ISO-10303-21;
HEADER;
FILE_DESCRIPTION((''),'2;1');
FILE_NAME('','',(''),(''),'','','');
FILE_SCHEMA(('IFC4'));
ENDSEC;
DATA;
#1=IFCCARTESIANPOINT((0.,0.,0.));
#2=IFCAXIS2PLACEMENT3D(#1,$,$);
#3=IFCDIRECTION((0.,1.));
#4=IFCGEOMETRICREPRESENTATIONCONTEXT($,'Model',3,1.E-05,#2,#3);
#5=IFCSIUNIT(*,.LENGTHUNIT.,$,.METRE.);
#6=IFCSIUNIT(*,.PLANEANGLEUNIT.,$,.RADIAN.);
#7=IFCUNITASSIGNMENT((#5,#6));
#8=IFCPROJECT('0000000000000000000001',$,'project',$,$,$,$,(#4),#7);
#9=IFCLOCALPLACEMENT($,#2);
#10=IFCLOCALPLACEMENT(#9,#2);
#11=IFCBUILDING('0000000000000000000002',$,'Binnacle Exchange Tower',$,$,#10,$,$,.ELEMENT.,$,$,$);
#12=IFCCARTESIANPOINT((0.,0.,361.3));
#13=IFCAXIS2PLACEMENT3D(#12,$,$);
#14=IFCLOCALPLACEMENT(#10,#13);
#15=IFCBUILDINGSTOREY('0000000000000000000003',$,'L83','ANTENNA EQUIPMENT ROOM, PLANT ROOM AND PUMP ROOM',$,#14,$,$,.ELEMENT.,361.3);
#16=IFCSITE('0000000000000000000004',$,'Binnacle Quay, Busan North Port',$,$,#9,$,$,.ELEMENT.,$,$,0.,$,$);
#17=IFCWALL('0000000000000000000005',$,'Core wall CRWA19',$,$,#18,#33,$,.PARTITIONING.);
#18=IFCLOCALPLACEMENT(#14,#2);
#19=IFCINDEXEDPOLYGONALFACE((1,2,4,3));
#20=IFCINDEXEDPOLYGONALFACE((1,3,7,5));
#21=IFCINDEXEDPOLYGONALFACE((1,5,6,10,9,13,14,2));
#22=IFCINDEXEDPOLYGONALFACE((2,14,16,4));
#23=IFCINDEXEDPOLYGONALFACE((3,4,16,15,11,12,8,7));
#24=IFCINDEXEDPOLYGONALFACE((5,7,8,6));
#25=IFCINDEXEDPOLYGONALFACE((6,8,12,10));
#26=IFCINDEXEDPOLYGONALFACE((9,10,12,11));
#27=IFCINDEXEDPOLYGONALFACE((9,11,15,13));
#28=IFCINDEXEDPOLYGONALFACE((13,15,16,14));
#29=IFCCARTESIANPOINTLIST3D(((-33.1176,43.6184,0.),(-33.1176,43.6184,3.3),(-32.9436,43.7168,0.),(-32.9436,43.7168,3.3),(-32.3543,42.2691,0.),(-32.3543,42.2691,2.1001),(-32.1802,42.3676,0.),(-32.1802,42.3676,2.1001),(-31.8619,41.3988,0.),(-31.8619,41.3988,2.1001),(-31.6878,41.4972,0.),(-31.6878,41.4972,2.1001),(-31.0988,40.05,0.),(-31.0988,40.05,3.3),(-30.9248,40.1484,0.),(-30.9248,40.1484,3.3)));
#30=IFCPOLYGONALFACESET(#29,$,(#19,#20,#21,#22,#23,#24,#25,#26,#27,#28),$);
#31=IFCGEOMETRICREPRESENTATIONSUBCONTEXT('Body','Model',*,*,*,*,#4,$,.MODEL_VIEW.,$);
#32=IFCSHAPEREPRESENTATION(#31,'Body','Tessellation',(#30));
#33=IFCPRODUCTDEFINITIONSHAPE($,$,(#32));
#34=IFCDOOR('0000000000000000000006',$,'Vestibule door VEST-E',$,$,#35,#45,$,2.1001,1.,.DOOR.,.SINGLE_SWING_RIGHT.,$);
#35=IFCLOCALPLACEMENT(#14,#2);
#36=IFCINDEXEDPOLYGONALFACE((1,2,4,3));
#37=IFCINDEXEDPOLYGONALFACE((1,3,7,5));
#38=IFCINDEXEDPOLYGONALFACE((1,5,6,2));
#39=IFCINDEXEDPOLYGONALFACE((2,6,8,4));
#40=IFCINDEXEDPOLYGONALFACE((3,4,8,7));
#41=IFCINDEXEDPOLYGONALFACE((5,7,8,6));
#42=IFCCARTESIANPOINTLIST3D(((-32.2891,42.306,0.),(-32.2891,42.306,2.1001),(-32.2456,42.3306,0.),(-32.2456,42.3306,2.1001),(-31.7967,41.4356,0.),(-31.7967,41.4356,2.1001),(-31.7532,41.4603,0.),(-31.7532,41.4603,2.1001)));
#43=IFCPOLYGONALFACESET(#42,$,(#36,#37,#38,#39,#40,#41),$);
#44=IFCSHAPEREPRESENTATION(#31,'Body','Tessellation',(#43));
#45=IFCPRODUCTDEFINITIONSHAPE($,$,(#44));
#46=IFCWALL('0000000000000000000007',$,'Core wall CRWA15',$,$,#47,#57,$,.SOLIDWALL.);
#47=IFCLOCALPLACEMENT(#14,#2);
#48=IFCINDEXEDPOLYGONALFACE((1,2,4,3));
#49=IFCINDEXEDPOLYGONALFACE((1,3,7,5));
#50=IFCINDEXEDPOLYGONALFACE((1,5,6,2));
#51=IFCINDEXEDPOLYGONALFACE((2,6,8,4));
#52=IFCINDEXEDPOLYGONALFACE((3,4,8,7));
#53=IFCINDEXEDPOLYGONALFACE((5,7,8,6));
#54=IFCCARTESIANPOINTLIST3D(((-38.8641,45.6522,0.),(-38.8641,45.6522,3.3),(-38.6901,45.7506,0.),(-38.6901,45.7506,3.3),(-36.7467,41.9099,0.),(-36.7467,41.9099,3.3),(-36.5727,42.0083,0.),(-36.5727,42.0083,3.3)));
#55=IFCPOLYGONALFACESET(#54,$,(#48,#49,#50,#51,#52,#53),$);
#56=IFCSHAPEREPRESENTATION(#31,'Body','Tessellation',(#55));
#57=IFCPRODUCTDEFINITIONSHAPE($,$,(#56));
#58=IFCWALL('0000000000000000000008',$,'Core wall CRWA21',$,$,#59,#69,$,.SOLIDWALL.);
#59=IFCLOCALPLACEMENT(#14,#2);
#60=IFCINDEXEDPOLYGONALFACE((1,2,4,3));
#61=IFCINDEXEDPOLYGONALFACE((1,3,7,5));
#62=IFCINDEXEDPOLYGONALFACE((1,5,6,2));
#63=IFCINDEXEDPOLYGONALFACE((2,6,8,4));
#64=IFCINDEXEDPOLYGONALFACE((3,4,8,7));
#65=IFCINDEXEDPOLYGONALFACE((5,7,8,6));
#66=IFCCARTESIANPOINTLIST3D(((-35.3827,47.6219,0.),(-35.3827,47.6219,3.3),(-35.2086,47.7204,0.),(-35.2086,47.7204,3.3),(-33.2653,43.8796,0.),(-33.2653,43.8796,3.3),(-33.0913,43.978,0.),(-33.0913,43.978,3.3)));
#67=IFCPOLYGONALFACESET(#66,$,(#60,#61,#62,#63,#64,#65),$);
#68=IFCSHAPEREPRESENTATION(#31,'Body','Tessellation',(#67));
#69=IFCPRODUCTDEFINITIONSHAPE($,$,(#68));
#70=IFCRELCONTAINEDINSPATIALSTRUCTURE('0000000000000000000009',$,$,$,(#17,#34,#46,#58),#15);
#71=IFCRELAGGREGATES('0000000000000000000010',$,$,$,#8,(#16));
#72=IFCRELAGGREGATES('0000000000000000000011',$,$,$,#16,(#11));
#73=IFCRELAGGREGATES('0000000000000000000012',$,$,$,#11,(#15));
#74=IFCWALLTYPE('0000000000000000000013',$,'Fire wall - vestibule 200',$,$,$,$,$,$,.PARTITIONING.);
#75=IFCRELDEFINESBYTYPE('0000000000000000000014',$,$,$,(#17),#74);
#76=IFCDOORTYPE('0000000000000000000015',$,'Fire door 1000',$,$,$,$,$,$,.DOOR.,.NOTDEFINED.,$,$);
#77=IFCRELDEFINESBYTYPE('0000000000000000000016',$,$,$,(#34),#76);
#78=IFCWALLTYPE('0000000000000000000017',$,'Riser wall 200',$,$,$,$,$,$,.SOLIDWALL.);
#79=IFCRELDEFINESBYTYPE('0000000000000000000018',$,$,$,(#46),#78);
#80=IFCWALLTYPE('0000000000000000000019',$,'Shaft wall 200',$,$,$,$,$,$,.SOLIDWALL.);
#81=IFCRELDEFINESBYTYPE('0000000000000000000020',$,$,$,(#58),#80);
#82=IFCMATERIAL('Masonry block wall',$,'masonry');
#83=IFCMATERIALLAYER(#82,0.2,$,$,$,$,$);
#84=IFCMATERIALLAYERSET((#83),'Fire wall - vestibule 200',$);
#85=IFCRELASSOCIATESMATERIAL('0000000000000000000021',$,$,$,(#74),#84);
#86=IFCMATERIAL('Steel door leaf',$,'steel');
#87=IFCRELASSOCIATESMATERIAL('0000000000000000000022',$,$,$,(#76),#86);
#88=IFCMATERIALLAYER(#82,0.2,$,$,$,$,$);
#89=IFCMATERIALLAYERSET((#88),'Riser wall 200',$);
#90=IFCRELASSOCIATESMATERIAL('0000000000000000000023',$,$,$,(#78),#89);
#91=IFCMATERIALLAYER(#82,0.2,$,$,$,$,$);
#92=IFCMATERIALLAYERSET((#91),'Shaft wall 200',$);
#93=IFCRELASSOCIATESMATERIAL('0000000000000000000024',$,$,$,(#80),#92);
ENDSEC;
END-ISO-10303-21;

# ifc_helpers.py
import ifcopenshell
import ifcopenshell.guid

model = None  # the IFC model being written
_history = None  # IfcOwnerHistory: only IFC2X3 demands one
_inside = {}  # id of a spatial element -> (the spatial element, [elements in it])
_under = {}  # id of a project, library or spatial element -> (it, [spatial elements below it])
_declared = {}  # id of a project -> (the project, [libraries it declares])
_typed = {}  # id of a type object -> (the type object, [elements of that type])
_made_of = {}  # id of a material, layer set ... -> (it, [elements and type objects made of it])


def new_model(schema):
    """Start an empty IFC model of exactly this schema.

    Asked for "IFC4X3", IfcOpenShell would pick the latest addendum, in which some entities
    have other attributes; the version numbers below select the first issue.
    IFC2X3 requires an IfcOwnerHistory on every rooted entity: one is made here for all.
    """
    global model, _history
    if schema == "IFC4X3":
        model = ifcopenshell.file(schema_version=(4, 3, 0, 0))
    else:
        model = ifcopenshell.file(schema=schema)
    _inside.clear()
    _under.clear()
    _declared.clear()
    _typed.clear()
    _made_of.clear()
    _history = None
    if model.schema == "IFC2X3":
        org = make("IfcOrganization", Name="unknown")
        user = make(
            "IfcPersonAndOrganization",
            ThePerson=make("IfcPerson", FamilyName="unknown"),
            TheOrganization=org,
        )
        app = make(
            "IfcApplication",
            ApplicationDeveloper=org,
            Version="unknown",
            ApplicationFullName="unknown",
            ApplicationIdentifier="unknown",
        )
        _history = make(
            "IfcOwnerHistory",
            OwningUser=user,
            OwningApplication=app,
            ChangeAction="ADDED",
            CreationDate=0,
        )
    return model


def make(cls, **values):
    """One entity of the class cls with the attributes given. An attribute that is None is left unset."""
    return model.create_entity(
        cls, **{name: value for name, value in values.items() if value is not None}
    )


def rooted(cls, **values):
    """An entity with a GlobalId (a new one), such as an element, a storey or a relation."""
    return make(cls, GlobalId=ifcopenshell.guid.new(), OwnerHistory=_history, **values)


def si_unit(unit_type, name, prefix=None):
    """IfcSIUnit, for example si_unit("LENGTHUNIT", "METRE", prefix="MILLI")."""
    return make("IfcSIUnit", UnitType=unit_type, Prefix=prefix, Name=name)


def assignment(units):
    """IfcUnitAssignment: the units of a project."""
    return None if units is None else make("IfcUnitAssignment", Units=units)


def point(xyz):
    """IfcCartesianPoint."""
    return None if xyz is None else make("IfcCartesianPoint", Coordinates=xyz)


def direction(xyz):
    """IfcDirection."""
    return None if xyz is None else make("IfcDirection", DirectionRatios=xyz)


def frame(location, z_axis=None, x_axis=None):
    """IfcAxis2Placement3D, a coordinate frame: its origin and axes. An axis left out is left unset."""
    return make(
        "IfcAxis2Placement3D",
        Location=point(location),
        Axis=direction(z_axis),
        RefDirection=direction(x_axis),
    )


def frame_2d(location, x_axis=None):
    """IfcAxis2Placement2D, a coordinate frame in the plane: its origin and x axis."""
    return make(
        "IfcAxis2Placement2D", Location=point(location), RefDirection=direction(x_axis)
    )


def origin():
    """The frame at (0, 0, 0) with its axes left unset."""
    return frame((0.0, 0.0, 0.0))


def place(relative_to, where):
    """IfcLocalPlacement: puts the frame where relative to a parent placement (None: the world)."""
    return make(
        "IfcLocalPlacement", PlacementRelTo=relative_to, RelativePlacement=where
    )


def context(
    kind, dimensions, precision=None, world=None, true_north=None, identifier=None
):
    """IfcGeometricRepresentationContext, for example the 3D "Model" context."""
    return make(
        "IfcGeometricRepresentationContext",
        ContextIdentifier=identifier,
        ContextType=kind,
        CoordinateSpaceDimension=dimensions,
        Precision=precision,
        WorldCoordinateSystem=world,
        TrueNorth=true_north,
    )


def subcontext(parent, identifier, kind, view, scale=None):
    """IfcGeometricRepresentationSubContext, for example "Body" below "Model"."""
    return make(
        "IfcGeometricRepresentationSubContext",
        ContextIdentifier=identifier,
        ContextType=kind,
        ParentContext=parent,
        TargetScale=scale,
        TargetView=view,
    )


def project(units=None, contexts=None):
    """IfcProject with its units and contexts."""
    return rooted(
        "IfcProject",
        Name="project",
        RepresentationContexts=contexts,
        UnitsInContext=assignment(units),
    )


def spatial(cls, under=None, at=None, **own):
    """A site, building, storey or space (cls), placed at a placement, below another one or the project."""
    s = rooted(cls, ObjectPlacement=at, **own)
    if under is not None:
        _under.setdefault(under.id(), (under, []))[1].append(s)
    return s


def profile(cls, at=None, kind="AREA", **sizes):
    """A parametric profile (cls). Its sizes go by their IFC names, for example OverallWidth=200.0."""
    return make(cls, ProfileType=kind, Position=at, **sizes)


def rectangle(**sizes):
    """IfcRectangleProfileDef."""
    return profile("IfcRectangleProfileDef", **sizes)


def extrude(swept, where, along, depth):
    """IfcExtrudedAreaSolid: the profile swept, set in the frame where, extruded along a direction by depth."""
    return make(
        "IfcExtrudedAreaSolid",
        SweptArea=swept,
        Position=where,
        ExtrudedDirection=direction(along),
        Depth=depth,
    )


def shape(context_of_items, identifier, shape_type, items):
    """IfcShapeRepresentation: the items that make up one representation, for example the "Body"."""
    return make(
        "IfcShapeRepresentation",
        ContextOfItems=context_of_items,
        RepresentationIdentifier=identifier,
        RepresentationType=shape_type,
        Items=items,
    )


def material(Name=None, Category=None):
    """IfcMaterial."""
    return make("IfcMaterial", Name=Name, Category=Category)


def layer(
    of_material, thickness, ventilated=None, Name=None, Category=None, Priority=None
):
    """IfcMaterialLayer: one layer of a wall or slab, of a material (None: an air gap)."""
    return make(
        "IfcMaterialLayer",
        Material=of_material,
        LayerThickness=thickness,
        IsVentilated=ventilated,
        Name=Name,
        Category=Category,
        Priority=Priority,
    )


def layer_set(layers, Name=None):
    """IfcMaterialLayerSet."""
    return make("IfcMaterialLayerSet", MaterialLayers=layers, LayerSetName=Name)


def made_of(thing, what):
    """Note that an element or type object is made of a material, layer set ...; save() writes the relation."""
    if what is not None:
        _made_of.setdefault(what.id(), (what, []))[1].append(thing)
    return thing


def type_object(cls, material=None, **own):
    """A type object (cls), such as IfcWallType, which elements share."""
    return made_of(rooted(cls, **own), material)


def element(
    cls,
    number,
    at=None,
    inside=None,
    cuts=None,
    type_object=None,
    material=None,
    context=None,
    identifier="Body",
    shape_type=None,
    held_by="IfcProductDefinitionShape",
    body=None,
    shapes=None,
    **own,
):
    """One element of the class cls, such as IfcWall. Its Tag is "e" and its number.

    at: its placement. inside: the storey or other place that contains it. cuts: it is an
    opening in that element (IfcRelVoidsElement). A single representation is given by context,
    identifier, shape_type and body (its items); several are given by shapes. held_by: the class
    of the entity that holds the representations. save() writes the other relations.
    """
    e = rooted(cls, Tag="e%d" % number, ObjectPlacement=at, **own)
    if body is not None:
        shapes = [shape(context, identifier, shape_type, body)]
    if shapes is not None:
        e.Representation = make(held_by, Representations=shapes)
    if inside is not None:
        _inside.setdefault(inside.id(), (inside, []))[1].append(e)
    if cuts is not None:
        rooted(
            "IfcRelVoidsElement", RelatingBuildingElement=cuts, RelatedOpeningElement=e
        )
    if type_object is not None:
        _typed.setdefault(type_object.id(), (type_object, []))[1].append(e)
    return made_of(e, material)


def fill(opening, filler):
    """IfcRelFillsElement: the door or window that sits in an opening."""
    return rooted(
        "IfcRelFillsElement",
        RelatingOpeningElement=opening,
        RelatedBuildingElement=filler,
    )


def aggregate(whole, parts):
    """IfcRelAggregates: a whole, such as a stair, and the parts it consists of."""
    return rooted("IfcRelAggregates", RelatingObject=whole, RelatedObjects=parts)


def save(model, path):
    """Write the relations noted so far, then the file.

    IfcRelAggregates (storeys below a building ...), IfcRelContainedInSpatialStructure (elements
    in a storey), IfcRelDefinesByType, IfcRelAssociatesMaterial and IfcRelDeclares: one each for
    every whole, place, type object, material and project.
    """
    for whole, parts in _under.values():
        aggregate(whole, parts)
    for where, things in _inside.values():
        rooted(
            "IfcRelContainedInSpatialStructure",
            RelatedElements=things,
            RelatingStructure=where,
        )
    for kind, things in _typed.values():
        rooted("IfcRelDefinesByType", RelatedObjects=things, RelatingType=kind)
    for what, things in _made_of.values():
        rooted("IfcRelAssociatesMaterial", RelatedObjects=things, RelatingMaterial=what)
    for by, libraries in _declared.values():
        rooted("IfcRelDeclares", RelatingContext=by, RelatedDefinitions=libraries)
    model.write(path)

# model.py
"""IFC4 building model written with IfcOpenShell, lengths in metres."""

from ifc_helpers import new_model, si_unit, direction, frame, frame_2d, origin, place, context, subcontext, project, spatial, rectangle, extrude, material, layer, layer_set, type_object, element, fill, save


model = new_model("IFC4")

# Units and contexts
model_context = context("Model", 3, precision=1e-05, world=origin(), true_north=direction((0.0, 1.0)))
body_context = subcontext(model_context, "Body", "Model", "MODEL_VIEW")
ifc_project = project(units=[si_unit("LENGTHUNIT", "METRE"), si_unit("PLANEANGLEUNIT", "RADIAN")], contexts=[model_context])

# Site, building, storey
site_placement = place(None, origin())
site = spatial("IfcSite", under=ifc_project, at=site_placement, Name="Binnacle Quay, Busan North Port", CompositionType="ELEMENT", RefElevation=0.0)
building_placement = place(site_placement, origin())
building = spatial("IfcBuilding", under=site, at=building_placement, Name="Binnacle Exchange Tower", CompositionType="ELEMENT")
storey_placement = place(building_placement, frame((0.0, 0.0, 361.3)))
storey = spatial("IfcBuildingStorey", under=building, at=storey_placement, Name="L83", Description="ANTENNA EQUIPMENT ROOM, PLANT ROOM AND PUMP ROOM", CompositionType="ELEMENT", Elevation=361.3)

# Shared definitions
ifc_material_1 = material(Name="Masonry block wall", Category="masonry")

# Wall, opening, door
ifc_layer_1 = layer(ifc_material_1, 0.2)
ifc_layer_set_1 = layer_set([ifc_layer_1], Name="Fire wall - vestibule 200")
wall_type_1 = type_object("IfcWallType", Name="Fire wall - vestibule 200", PredefinedType="PARTITIONING", material=ifc_layer_set_1)
wall_1_placement = place(storey_placement, frame((-33.0305, 43.6675, 0.0), z_axis=(0.0, 0.0, 1.0), x_axis=(0.492408, -0.870364, 0.0)))
wall_1 = element("IfcWall", 1, at=wall_1_placement, inside=storey, type_object=wall_type_1, Name="Core wall CRWA19", PredefinedType="PARTITIONING", context=body_context, shape_type="SweptSolid", body=[
    extrude(rectangle(XDim=4.0999, YDim=0.2, at=frame_2d((2.0498, 0.0))), origin(), (0.0, 0.0, 1.0), 3.3),
])
opening_placement = place(wall_1_placement, frame((1.55, 0.0, 0.0)))
opening = element("IfcOpeningElement", 2, at=opening_placement, cuts=wall_1, PredefinedType="OPENING", context=body_context, shape_type="SweptSolid", body=[
    extrude(rectangle(XDim=1.0, YDim=2.1001, at=frame_2d((0.5, 1.05))), frame((0.0, 0.1099, 0.0), z_axis=(0.0, -1.0, 0.0), x_axis=(1.0, 0.0, 0.0)), (0.0, 0.0, 1.0), 0.22),
])
ifc_material_2 = material(Name="Steel door leaf", Category="steel")
door_type = type_object("IfcDoorType", Name="Fire door 1000", OperationType="NOTDEFINED", PredefinedType="DOOR", material=ifc_material_2)
door_placement = place(opening_placement, origin())
door = element("IfcDoor", 3, at=door_placement, inside=storey, type_object=door_type, Name="Vestibule door VEST-E", OperationType="SINGLE_SWING_RIGHT", OverallHeight=2.1001, OverallWidth=1.0, PredefinedType="DOOR", context=body_context, shape_type="SweptSolid", body=[
    extrude(rectangle(XDim=1.0, YDim=2.1001, at=frame_2d((0.5, 1.05))), frame((0.0, 0.0249, 0.0), z_axis=(0.0, -1.0, 0.0), x_axis=(1.0, 0.0, 0.0)), (0.0, 0.0, 1.0), 0.05),
])
fill(opening, door)

# Walls
ifc_layer_2 = layer(ifc_material_1, 0.2)
ifc_layer_set_2 = layer_set([ifc_layer_2], Name="Riser wall 200")
wall_type_2 = type_object("IfcWallType", Name="Riser wall 200", PredefinedType="SOLIDWALL", material=ifc_layer_set_2)
wall_2_placement = place(storey_placement, frame((-38.7771, 45.7014, 0.0), z_axis=(0.0, 0.0, 1.0), x_axis=(0.492435, -0.870349, 0.0)))
element("IfcWall", 4, at=wall_2_placement, inside=storey, type_object=wall_type_2, Name="Core wall CRWA15", PredefinedType="SOLIDWALL", context=body_context, shape_type="SweptSolid", body=[
    extrude(rectangle(XDim=4.2998, YDim=0.2, at=frame_2d((2.1499, 0.0))), origin(), (0.0, 0.0, 1.0), 3.3),
])
ifc_layer_3 = layer(ifc_material_1, 0.2)
ifc_layer_set_3 = layer_set([ifc_layer_3], Name="Shaft wall 200")
wall_type_3 = type_object("IfcWallType", Name="Shaft wall 200", PredefinedType="SOLIDWALL", material=ifc_layer_set_3)
wall_3_placement = place(storey_placement, frame((-35.2957, 47.6711, 0.0), z_axis=(0.0, 0.0, 1.0), x_axis=(0.492435, -0.870349, 0.0)))
element("IfcWall", 5, at=wall_3_placement, inside=storey, type_object=wall_type_3, Name="Core wall CRWA21", PredefinedType="SOLIDWALL", context=body_context, shape_type="SweptSolid", body=[
    extrude(rectangle(XDim=4.2998, YDim=0.2, at=frame_2d((2.1499, 0.0))), origin(), (0.0, 0.0, 1.0), 3.3),
])

save(model, "model.ifc")
